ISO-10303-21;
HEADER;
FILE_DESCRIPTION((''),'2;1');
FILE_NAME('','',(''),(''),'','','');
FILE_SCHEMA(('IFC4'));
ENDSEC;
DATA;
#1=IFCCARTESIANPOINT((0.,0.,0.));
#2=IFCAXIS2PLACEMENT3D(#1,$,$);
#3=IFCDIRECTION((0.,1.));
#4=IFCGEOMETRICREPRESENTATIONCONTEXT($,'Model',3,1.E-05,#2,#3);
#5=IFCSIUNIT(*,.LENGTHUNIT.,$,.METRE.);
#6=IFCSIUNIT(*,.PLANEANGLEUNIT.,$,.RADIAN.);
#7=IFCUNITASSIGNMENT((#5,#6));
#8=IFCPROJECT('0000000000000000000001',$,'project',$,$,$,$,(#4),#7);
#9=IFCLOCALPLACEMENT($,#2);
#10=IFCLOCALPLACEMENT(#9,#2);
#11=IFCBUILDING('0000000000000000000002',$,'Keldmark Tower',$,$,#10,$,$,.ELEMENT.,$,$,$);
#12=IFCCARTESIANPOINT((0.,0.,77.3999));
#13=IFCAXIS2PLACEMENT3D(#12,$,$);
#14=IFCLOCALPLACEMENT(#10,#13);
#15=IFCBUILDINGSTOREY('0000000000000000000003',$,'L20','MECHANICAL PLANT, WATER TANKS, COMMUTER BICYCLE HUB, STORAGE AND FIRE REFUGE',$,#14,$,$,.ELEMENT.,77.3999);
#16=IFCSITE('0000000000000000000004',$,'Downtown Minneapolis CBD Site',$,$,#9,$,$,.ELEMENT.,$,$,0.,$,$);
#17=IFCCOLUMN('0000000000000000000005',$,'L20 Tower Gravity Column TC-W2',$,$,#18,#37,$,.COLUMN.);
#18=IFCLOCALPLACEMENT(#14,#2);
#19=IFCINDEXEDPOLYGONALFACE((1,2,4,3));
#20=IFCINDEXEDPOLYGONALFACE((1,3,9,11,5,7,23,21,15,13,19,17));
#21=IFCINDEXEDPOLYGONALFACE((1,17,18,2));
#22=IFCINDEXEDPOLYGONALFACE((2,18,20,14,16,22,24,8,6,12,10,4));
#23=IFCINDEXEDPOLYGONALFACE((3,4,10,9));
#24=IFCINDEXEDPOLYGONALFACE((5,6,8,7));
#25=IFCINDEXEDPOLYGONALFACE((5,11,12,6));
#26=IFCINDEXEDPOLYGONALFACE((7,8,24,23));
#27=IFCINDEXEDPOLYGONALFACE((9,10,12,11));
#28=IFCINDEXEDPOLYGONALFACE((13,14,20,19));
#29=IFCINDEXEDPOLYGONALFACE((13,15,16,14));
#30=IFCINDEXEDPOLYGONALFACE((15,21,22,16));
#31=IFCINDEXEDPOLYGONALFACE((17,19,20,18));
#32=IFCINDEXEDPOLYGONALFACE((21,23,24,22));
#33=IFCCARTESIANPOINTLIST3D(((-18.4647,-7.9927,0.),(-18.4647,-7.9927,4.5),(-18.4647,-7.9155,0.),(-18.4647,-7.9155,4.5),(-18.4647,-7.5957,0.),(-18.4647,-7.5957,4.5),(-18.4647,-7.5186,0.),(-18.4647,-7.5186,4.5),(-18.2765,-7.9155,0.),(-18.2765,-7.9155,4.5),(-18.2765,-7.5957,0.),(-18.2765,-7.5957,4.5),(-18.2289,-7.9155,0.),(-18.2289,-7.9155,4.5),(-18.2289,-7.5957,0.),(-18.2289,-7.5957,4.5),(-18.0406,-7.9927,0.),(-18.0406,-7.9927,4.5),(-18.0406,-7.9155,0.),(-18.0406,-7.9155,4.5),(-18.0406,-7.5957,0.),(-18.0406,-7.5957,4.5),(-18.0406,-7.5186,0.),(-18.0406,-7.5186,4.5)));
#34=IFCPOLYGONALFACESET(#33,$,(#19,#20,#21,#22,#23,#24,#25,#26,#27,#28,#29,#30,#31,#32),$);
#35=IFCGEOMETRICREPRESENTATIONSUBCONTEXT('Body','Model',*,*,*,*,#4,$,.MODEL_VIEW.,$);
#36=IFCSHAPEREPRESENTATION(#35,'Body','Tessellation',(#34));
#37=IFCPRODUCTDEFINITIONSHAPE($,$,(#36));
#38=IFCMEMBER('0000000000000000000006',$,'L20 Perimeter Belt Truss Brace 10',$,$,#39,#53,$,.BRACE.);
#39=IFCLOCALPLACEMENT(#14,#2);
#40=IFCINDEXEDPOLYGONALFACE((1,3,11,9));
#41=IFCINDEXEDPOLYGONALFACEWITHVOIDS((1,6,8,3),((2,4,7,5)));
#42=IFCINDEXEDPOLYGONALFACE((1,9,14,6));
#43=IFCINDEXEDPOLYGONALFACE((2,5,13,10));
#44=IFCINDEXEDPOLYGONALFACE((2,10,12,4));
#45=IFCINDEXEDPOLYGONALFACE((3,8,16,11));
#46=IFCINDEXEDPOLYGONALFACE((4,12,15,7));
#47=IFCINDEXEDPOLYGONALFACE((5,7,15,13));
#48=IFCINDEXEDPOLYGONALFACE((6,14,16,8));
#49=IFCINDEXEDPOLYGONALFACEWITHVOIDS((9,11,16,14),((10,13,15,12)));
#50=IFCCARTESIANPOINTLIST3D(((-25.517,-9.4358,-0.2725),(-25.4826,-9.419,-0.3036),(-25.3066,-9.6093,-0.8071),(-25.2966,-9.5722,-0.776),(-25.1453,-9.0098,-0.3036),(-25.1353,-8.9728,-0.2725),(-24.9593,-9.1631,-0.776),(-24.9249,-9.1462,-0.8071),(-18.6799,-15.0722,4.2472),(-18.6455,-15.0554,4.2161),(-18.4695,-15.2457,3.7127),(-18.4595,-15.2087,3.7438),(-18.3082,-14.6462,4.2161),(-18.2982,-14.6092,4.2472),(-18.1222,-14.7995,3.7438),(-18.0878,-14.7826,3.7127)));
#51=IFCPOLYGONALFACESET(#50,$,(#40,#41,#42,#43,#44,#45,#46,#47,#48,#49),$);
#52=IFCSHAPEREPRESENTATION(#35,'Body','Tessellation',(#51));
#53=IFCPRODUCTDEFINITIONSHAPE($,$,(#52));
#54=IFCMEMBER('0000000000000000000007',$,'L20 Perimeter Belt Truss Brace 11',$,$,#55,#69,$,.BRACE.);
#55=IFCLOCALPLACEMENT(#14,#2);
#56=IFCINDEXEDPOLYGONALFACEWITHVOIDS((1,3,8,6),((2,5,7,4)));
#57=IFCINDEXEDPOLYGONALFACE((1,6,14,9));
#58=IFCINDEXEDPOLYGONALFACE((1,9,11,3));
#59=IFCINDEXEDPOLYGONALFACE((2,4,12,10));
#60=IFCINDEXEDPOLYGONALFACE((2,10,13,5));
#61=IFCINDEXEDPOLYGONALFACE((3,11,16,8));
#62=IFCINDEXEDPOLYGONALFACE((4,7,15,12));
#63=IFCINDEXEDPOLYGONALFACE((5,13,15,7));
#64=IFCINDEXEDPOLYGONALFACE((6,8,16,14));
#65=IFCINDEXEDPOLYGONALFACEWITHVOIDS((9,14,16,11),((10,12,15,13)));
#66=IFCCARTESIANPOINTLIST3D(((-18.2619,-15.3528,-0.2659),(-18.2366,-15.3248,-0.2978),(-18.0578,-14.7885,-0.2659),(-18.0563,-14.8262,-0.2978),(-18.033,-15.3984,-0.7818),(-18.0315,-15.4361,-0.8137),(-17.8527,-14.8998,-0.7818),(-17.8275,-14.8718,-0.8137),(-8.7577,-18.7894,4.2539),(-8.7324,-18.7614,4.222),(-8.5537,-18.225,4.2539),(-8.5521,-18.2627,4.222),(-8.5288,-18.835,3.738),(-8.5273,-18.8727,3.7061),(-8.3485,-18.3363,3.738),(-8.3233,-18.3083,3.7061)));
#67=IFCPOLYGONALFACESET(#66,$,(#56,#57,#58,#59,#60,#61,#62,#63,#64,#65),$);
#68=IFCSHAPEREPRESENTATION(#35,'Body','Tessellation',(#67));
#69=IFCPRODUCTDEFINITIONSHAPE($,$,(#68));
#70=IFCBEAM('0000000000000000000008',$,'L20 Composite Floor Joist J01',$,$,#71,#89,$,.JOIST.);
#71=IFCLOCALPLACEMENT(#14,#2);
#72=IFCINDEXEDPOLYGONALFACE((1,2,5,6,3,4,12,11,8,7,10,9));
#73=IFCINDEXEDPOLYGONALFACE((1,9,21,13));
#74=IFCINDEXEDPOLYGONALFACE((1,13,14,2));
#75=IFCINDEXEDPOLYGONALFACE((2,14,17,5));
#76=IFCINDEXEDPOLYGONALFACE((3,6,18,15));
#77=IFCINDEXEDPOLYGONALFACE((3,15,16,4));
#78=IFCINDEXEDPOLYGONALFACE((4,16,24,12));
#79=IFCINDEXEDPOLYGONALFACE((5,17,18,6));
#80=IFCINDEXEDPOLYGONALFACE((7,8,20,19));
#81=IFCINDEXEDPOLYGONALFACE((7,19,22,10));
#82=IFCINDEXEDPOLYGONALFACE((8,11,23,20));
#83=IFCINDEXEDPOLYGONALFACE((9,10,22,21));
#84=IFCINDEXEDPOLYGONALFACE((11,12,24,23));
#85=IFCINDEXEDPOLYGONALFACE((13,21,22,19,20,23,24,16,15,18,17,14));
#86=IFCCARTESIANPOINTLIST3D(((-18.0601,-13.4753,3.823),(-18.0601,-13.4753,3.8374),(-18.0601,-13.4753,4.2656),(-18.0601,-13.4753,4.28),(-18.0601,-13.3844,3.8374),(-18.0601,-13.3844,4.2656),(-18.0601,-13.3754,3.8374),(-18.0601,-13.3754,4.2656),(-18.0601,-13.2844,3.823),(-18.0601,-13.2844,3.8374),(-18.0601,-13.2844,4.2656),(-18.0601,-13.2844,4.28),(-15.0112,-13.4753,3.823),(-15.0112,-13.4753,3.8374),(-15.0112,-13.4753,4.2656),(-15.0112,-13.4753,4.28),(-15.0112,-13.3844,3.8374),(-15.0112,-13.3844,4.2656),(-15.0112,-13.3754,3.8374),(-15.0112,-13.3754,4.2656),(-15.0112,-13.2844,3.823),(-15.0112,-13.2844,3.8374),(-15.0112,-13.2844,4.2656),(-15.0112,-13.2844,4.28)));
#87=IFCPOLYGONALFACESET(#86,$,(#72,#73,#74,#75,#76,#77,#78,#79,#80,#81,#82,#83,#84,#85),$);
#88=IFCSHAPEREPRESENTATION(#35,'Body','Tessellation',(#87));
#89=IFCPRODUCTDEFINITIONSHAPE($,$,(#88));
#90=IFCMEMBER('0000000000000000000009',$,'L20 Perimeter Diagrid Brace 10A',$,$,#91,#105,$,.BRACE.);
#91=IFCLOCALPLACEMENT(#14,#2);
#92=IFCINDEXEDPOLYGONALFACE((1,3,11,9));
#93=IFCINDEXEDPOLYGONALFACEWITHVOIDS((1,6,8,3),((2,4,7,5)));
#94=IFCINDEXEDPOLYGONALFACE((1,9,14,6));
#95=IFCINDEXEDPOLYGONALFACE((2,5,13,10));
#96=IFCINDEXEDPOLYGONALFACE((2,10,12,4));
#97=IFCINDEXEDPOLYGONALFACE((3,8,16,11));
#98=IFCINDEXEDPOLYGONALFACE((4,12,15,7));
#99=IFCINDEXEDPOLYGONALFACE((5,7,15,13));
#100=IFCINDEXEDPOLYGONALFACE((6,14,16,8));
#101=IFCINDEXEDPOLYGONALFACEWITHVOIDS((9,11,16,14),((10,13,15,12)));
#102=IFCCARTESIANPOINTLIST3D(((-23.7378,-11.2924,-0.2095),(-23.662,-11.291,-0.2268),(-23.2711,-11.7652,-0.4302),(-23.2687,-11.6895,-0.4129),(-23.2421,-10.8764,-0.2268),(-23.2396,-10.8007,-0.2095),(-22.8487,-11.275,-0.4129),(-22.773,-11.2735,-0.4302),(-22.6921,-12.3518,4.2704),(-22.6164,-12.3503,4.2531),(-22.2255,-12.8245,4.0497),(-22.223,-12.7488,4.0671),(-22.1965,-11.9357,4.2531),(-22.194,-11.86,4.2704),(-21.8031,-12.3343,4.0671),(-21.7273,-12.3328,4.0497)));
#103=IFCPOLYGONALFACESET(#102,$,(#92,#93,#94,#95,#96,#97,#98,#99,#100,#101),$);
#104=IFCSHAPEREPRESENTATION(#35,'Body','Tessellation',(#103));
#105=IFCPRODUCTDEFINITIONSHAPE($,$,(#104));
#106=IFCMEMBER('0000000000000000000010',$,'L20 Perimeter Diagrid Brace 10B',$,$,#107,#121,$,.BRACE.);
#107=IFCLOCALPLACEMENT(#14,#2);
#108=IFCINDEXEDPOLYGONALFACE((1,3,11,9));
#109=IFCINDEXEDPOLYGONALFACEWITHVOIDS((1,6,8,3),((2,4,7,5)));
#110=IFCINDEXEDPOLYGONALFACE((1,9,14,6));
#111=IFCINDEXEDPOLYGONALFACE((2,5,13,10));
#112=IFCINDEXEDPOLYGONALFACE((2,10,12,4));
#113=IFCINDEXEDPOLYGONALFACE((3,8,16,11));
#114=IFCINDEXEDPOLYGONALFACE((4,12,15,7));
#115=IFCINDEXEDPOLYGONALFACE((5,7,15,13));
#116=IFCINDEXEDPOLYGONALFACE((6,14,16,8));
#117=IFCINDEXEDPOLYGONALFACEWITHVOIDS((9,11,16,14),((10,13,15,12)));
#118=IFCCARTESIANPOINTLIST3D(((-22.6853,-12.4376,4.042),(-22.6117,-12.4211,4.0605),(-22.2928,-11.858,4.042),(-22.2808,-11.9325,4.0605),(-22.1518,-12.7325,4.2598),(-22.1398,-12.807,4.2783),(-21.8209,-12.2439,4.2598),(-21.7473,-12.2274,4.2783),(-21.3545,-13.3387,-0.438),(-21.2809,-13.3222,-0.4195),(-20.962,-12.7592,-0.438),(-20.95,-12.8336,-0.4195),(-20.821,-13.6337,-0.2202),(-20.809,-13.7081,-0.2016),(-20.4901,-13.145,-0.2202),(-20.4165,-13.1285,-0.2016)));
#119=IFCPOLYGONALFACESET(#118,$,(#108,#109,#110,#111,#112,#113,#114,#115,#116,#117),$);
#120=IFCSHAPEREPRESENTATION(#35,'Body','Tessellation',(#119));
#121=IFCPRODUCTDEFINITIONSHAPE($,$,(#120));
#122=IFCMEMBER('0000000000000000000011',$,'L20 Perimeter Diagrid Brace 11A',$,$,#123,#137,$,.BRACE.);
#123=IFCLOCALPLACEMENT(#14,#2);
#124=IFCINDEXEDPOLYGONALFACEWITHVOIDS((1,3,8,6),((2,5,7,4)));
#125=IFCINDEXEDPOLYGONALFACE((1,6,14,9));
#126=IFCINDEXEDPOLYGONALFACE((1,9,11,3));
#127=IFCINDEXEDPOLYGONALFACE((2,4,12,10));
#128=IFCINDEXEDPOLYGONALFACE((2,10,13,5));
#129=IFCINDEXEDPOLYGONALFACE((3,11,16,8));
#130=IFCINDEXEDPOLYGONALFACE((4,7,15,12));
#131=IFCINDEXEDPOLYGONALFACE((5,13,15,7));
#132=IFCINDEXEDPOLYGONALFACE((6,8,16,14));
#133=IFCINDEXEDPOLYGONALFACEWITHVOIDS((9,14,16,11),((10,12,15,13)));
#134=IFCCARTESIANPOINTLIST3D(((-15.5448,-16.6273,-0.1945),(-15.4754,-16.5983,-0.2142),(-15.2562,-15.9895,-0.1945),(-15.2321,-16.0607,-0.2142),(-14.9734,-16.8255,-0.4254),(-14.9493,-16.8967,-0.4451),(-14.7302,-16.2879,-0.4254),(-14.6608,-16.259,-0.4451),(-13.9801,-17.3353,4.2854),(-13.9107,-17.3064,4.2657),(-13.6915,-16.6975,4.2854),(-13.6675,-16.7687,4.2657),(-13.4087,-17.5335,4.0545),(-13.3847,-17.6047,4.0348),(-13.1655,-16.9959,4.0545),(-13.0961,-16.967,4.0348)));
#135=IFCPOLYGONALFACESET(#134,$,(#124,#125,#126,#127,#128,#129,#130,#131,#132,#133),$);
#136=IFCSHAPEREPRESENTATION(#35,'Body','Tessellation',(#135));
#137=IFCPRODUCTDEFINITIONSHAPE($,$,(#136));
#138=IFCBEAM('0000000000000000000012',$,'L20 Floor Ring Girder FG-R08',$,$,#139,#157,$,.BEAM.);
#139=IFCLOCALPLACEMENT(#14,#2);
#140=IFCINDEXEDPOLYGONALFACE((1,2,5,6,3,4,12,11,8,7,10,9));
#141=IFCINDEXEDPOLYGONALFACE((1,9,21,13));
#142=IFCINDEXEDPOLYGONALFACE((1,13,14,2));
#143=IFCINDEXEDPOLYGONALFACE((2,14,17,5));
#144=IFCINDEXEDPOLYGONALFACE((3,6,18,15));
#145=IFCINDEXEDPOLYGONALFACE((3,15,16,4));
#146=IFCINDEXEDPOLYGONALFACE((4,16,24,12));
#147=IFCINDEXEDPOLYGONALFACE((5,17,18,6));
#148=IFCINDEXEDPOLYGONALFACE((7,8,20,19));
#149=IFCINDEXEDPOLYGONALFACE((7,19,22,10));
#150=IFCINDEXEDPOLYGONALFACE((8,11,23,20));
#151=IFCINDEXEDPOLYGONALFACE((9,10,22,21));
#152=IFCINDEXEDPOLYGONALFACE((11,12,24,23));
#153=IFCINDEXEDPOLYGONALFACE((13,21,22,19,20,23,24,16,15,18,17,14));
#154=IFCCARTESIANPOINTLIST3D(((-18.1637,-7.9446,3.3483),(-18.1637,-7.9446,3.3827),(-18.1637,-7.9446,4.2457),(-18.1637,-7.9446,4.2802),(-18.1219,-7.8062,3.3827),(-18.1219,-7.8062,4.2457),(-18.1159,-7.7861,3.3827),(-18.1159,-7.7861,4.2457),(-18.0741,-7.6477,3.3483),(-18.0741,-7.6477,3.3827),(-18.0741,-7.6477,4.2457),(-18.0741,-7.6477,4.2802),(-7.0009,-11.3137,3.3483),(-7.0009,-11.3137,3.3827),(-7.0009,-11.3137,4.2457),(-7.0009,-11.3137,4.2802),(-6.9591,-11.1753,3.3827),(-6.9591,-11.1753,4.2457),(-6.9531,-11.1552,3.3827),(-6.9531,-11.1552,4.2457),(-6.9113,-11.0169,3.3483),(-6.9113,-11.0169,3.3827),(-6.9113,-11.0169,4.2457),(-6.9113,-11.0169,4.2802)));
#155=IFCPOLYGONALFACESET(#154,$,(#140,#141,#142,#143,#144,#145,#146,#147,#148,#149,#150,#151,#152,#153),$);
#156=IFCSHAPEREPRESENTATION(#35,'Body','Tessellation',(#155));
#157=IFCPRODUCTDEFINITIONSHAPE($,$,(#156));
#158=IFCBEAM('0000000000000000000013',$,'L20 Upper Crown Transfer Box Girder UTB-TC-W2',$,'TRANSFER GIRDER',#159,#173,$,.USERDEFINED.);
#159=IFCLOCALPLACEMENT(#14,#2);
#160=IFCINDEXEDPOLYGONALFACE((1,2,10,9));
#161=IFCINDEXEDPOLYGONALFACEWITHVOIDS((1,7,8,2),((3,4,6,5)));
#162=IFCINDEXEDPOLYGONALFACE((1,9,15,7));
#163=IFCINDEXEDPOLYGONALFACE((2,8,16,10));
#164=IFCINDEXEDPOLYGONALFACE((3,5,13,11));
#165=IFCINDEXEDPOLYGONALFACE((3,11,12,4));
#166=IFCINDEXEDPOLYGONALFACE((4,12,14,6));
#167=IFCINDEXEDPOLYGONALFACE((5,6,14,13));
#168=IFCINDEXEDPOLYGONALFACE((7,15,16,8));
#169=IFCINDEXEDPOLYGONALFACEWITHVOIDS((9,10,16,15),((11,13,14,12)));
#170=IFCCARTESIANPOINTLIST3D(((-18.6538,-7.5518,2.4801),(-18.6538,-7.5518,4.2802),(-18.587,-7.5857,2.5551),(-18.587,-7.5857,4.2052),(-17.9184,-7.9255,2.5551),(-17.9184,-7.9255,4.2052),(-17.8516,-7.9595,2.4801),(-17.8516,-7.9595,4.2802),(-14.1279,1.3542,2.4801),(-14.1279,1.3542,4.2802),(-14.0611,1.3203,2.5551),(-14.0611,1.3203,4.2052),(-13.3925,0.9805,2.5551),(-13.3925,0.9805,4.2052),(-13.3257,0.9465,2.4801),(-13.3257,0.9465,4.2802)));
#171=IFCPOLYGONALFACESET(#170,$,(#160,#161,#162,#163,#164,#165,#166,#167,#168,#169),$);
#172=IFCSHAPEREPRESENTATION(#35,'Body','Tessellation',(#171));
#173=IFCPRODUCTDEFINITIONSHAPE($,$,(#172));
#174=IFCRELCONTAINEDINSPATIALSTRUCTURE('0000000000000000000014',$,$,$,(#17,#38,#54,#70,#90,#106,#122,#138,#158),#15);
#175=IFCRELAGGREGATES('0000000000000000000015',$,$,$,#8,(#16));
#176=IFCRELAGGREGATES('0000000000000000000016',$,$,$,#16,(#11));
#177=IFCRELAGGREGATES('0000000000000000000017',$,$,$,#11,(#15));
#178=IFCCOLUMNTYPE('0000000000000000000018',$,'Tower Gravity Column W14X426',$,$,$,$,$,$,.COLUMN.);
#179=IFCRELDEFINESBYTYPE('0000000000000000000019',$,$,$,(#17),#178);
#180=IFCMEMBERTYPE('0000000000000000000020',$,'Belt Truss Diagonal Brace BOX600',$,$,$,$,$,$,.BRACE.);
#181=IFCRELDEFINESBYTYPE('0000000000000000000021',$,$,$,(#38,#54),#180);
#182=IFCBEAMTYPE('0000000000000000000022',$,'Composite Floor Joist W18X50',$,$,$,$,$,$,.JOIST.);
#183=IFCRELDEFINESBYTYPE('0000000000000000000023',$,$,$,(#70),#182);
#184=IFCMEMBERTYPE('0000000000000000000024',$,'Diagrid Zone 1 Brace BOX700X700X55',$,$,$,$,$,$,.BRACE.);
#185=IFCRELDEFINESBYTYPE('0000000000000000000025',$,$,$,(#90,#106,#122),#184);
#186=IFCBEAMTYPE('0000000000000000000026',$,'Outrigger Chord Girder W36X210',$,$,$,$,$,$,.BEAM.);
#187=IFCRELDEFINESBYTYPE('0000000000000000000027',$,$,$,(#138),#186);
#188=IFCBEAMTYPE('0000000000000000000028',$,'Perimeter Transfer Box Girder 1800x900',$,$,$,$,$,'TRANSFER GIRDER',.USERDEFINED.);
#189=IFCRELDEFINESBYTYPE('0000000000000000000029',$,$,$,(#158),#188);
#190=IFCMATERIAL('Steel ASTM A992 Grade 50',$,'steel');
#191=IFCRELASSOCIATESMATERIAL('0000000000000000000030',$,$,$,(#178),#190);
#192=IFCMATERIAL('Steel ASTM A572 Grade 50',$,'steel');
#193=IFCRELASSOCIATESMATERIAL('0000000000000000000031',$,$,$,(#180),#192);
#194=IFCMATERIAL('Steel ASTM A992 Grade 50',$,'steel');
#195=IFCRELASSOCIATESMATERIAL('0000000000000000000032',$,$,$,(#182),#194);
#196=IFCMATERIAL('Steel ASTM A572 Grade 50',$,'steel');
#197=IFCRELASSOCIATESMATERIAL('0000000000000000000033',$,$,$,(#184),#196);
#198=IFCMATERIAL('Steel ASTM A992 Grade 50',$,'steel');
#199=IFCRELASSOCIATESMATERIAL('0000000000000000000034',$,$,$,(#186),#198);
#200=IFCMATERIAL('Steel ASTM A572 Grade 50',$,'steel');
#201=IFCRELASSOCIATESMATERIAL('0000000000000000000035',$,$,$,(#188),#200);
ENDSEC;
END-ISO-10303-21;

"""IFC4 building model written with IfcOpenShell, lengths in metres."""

from ifc_helpers import new_model, si_unit, direction, frame, origin, origin_2d, place, context, subcontext, project, spatial, hollow_rectangle, i_section, extrude, material, material_profile, profile_set, type_object, element, save


model = new_model("IFC4")

# Units and contexts
model_context = context("Model", 3, precision=1e-05, world=origin(), true_north=direction((0.0, 1.0)))
body_context = subcontext(model_context, "Body", "Model", "MODEL_VIEW")
ifc_project = project(units=[si_unit("LENGTHUNIT", "METRE"), si_unit("PLANEANGLEUNIT", "RADIAN")], contexts=[model_context])

# Site, building, storey
site_placement = place(None, origin())
site = spatial("IfcSite", under=ifc_project, at=site_placement, Name="Downtown Minneapolis CBD Site", CompositionType="ELEMENT", RefElevation=0.0)
building_placement = place(site_placement, origin())
building = spatial("IfcBuilding", under=site, at=building_placement, Name="Keldmark Tower", CompositionType="ELEMENT")
storey_placement = place(building_placement, frame((0.0, 0.0, 77.3999)))
storey = spatial("IfcBuildingStorey", under=building, at=storey_placement, Name="L20", Description="MECHANICAL PLANT, WATER TANKS, COMMUTER BICYCLE HUB, STORAGE AND FIRE REFUGE", CompositionType="ELEMENT", Elevation=77.3999)

# Column
ifc_material_1 = material(Name="Steel ASTM A992 Grade 50", Category="steel")
ifc_material_profile_1 = material_profile(ifc_material_1, i_section(OverallWidth=0.4241, OverallDepth=0.4741, WebThickness=0.0476, FlangeThickness=0.0771, at=origin_2d()), Name="W14X426")
ifc_profile_set_1 = profile_set([ifc_material_profile_1], Name="Steel ASTM A992 Grade 50")
column_type = type_object("IfcColumnType", Name="Tower Gravity Column W14X426", PredefinedType="COLUMN", material=ifc_profile_set_1)
column_placement = place(storey_placement, frame((-18.2527, -7.7556, 0.0), z_axis=(0.0, 0.0, 1.0), x_axis=(1.0, 0.0, 0.0)))
element("IfcColumn", 1, at=column_placement, inside=storey, type_object=column_type, Name="L20 Tower Gravity Column TC-W2", PredefinedType="COLUMN", context=body_context, shape_type="SweptSolid", body=[
    extrude(i_section(OverallWidth=0.4241, OverallDepth=0.4741, WebThickness=0.0476, FlangeThickness=0.0771, at=origin_2d()), origin(), (0.0, 0.0, 1.0), 4.5),
])

# Members
ifc_material_2 = material(Name="Steel ASTM A572 Grade 50", Category="steel")
ifc_material_profile_2 = material_profile(ifc_material_2, hollow_rectangle(XDim=0.6001, YDim=0.6001, WallThickness=0.0349, at=origin_2d()), Name="BOX600X600X35")
ifc_profile_set_2 = profile_set([ifc_material_profile_2], Name="Steel ASTM A572 Grade 50")
member_type_1 = type_object("IfcMemberType", Name="Belt Truss Diagonal Brace BOX600", PredefinedType="BRACE", material=ifc_profile_set_2)
member_1_placement = place(storey_placement, frame((-25.2209, -9.291, -0.5398), z_axis=(0.687351, -0.566645, 0.454381), x_axis=(0.636102, 0.771605, 0.0)))
element("IfcMember", 2, at=member_1_placement, inside=storey, type_object=member_type_1, Name="L20 Perimeter Belt Truss Brace 10", PredefinedType="BRACE", context=body_context, shape_type="SweptSolid", body=[
    extrude(hollow_rectangle(XDim=0.6001, YDim=0.6001, WallThickness=0.0349, at=origin_2d()), origin(), (0.0, 0.0, 1.0), 9.947),
])
member_2_placement = place(storey_placement, frame((-18.0447, -15.1123, -0.5398), z_axis=(0.858473, -0.310408, 0.408254), x_axis=(0.340036, 0.940413, 0.0)))
element("IfcMember", 3, at=member_2_placement, inside=storey, type_object=member_type_1, Name="L20 Perimeter Belt Truss Brace 11", PredefinedType="BRACE", context=body_context, shape_type="SweptSolid", body=[
    extrude(hollow_rectangle(XDim=0.6001, YDim=0.6001, WallThickness=0.0349, at=origin_2d()), origin(), (0.0, 0.0, 1.0), 11.071),
])

# Beam
ifc_material_3 = material(Name="Steel ASTM A992 Grade 50", Category="steel")
ifc_material_profile_3 = material_profile(ifc_material_3, i_section(OverallWidth=0.1909, OverallDepth=0.457, WebThickness=0.009, FlangeThickness=0.0144, at=origin_2d()), Name="W18X50")
ifc_profile_set_3 = profile_set([ifc_material_profile_3], Name="Steel ASTM A992 Grade 50")
beam_type_1 = type_object("IfcBeamType", Name="Composite Floor Joist W18X50", PredefinedType="JOIST", material=ifc_profile_set_3)
beam_1_placement = place(storey_placement, frame((-18.0601, -13.3799, 4.0515), z_axis=(1.0, 0.0, 0.0), x_axis=(0.0, 1.0, 0.0)))
element("IfcBeam", 4, at=beam_1_placement, inside=storey, type_object=beam_type_1, Name="L20 Composite Floor Joist J01", PredefinedType="JOIST", context=body_context, shape_type="SweptSolid", body=[
    extrude(i_section(OverallWidth=0.1909, OverallDepth=0.457, WebThickness=0.009, FlangeThickness=0.0144, at=origin_2d()), origin(), (0.0, 0.0, 1.0), 3.0488),
])

# Members
ifc_material_4 = material(Name="Steel ASTM A572 Grade 50", Category="steel")
ifc_material_profile_4 = material_profile(ifc_material_4, hollow_rectangle(XDim=0.7, YDim=0.7, WallThickness=0.0549, at=origin_2d()), Name="BOX700X700X55")
ifc_profile_set_4 = profile_set([ifc_material_profile_4], Name="Steel ASTM A572 Grade 50")
member_type_2 = type_object("IfcMemberType", Name="Diagrid Zone 1 Brace BOX700X700X55", PredefinedType="BRACE", material=ifc_profile_set_4)
member_3_placement = place(storey_placement, frame((-23.2554, -11.283, -0.3198), z_axis=(0.2215, -0.224396, 0.948991), x_axis=(0.711684, 0.702499, 0.0)))
element("IfcMember", 5, at=member_3_placement, inside=storey, type_object=member_type_2, Name="L20 Perimeter Diagrid Brace 10A", PredefinedType="BRACE", context=body_context, shape_type="SweptSolid", body=[
    extrude(hollow_rectangle(XDim=0.7, YDim=0.7, WallThickness=0.0549, at=origin_2d()), origin(), (0.0, 0.0, 1.0), 4.7207),
])
member_4_placement = place(storey_placement, frame((-20.8855, -13.2336, -0.3198), z_axis=(-0.279609, 0.18933, 0.941262), x_axis=(-0.56068, -0.828032, 0.0)))
element("IfcMember", 6, at=member_4_placement, inside=storey, type_object=member_type_2, Name="L20 Perimeter Diagrid Brace 10B", PredefinedType="BRACE", context=body_context, shape_type="SweptSolid", body=[
    extrude(hollow_rectangle(XDim=0.7, YDim=0.7, WallThickness=0.0549, at=origin_2d()), origin(), (0.0, 0.0, 1.0), 4.7595),
])
member_5_placement = place(storey_placement, frame((-15.1028, -16.4431, -0.3198), z_axis=(0.326122, -0.147566, 0.933739), x_axis=(0.412249, 0.911071, 0.0)))
element("IfcMember", 7, at=member_5_placement, inside=storey, type_object=member_type_2, Name="L20 Perimeter Diagrid Brace 11A", PredefinedType="BRACE", context=body_context, shape_type="SweptSolid", body=[
    extrude(hollow_rectangle(XDim=0.7, YDim=0.7, WallThickness=0.0549, at=origin_2d()), origin(), (0.0, 0.0, 1.0), 4.7979),
])

# Beams
ifc_material_5 = material(Name="Steel ASTM A992 Grade 50", Category="steel")
ifc_material_profile_5 = material_profile(ifc_material_5, i_section(OverallWidth=0.3101, OverallDepth=0.9319, WebThickness=0.021, FlangeThickness=0.0344, at=origin_2d()), Name="W36X210")
ifc_profile_set_5 = profile_set([ifc_material_profile_5], Name="Steel ASTM A992 Grade 50")
beam_type_2 = type_object("IfcBeamType", Name="Outrigger Chord Girder W36X210", PredefinedType="BEAM", material=ifc_profile_set_5)
beam_2_placement = place(storey_placement, frame((-18.1189, -7.7961, 3.8142), z_axis=(0.957346, -0.288944, 0.0), x_axis=(0.288944, 0.957346, 0.0)))
element("IfcBeam", 8, at=beam_2_placement, inside=storey, type_object=beam_type_2, Name="L20 Floor Ring Girder FG-R08", PredefinedType="BEAM", context=body_context, shape_type="SweptSolid", body=[
    extrude(i_section(OverallWidth=0.3101, OverallDepth=0.9319, WebThickness=0.021, FlangeThickness=0.0344, at=origin_2d()), origin(), (0.0, 0.0, 1.0), 11.6602),
])
ifc_material_6 = material(Name="Steel ASTM A572 Grade 50", Category="steel")
ifc_material_profile_6 = material_profile(ifc_material_6, hollow_rectangle(XDim=0.8999, YDim=1.8, WallThickness=0.075, at=origin_2d()), Name="TBOX1800X900X75")
ifc_profile_set_6 = profile_set([ifc_material_profile_6], Name="Steel ASTM A572 Grade 50")
beam_type_3 = type_object("IfcBeamType", Name="Perimeter Transfer Box Girder 1800x900", ElementType="TRANSFER GIRDER", PredefinedType="USERDEFINED", material=ifc_profile_set_6)
beam_3_placement = place(storey_placement, frame((-18.2527, -7.7556, 3.3801), z_axis=(0.45304, 0.89149, 0.0), x_axis=(-0.89149, 0.45304, 0.0)))
element("IfcBeam", 9, at=beam_3_placement, inside=storey, type_object=beam_type_3, Name="L20 Upper Crown Transfer Box Girder UTB-TC-W2", ObjectType="TRANSFER GIRDER", PredefinedType="USERDEFINED", context=body_context, shape_type="SweptSolid", body=[
    extrude(hollow_rectangle(XDim=0.8999, YDim=1.8, WallThickness=0.075, at=origin_2d()), origin(), (0.0, 0.0, 1.0), 9.99),
])

save(model, "model.ifc")
